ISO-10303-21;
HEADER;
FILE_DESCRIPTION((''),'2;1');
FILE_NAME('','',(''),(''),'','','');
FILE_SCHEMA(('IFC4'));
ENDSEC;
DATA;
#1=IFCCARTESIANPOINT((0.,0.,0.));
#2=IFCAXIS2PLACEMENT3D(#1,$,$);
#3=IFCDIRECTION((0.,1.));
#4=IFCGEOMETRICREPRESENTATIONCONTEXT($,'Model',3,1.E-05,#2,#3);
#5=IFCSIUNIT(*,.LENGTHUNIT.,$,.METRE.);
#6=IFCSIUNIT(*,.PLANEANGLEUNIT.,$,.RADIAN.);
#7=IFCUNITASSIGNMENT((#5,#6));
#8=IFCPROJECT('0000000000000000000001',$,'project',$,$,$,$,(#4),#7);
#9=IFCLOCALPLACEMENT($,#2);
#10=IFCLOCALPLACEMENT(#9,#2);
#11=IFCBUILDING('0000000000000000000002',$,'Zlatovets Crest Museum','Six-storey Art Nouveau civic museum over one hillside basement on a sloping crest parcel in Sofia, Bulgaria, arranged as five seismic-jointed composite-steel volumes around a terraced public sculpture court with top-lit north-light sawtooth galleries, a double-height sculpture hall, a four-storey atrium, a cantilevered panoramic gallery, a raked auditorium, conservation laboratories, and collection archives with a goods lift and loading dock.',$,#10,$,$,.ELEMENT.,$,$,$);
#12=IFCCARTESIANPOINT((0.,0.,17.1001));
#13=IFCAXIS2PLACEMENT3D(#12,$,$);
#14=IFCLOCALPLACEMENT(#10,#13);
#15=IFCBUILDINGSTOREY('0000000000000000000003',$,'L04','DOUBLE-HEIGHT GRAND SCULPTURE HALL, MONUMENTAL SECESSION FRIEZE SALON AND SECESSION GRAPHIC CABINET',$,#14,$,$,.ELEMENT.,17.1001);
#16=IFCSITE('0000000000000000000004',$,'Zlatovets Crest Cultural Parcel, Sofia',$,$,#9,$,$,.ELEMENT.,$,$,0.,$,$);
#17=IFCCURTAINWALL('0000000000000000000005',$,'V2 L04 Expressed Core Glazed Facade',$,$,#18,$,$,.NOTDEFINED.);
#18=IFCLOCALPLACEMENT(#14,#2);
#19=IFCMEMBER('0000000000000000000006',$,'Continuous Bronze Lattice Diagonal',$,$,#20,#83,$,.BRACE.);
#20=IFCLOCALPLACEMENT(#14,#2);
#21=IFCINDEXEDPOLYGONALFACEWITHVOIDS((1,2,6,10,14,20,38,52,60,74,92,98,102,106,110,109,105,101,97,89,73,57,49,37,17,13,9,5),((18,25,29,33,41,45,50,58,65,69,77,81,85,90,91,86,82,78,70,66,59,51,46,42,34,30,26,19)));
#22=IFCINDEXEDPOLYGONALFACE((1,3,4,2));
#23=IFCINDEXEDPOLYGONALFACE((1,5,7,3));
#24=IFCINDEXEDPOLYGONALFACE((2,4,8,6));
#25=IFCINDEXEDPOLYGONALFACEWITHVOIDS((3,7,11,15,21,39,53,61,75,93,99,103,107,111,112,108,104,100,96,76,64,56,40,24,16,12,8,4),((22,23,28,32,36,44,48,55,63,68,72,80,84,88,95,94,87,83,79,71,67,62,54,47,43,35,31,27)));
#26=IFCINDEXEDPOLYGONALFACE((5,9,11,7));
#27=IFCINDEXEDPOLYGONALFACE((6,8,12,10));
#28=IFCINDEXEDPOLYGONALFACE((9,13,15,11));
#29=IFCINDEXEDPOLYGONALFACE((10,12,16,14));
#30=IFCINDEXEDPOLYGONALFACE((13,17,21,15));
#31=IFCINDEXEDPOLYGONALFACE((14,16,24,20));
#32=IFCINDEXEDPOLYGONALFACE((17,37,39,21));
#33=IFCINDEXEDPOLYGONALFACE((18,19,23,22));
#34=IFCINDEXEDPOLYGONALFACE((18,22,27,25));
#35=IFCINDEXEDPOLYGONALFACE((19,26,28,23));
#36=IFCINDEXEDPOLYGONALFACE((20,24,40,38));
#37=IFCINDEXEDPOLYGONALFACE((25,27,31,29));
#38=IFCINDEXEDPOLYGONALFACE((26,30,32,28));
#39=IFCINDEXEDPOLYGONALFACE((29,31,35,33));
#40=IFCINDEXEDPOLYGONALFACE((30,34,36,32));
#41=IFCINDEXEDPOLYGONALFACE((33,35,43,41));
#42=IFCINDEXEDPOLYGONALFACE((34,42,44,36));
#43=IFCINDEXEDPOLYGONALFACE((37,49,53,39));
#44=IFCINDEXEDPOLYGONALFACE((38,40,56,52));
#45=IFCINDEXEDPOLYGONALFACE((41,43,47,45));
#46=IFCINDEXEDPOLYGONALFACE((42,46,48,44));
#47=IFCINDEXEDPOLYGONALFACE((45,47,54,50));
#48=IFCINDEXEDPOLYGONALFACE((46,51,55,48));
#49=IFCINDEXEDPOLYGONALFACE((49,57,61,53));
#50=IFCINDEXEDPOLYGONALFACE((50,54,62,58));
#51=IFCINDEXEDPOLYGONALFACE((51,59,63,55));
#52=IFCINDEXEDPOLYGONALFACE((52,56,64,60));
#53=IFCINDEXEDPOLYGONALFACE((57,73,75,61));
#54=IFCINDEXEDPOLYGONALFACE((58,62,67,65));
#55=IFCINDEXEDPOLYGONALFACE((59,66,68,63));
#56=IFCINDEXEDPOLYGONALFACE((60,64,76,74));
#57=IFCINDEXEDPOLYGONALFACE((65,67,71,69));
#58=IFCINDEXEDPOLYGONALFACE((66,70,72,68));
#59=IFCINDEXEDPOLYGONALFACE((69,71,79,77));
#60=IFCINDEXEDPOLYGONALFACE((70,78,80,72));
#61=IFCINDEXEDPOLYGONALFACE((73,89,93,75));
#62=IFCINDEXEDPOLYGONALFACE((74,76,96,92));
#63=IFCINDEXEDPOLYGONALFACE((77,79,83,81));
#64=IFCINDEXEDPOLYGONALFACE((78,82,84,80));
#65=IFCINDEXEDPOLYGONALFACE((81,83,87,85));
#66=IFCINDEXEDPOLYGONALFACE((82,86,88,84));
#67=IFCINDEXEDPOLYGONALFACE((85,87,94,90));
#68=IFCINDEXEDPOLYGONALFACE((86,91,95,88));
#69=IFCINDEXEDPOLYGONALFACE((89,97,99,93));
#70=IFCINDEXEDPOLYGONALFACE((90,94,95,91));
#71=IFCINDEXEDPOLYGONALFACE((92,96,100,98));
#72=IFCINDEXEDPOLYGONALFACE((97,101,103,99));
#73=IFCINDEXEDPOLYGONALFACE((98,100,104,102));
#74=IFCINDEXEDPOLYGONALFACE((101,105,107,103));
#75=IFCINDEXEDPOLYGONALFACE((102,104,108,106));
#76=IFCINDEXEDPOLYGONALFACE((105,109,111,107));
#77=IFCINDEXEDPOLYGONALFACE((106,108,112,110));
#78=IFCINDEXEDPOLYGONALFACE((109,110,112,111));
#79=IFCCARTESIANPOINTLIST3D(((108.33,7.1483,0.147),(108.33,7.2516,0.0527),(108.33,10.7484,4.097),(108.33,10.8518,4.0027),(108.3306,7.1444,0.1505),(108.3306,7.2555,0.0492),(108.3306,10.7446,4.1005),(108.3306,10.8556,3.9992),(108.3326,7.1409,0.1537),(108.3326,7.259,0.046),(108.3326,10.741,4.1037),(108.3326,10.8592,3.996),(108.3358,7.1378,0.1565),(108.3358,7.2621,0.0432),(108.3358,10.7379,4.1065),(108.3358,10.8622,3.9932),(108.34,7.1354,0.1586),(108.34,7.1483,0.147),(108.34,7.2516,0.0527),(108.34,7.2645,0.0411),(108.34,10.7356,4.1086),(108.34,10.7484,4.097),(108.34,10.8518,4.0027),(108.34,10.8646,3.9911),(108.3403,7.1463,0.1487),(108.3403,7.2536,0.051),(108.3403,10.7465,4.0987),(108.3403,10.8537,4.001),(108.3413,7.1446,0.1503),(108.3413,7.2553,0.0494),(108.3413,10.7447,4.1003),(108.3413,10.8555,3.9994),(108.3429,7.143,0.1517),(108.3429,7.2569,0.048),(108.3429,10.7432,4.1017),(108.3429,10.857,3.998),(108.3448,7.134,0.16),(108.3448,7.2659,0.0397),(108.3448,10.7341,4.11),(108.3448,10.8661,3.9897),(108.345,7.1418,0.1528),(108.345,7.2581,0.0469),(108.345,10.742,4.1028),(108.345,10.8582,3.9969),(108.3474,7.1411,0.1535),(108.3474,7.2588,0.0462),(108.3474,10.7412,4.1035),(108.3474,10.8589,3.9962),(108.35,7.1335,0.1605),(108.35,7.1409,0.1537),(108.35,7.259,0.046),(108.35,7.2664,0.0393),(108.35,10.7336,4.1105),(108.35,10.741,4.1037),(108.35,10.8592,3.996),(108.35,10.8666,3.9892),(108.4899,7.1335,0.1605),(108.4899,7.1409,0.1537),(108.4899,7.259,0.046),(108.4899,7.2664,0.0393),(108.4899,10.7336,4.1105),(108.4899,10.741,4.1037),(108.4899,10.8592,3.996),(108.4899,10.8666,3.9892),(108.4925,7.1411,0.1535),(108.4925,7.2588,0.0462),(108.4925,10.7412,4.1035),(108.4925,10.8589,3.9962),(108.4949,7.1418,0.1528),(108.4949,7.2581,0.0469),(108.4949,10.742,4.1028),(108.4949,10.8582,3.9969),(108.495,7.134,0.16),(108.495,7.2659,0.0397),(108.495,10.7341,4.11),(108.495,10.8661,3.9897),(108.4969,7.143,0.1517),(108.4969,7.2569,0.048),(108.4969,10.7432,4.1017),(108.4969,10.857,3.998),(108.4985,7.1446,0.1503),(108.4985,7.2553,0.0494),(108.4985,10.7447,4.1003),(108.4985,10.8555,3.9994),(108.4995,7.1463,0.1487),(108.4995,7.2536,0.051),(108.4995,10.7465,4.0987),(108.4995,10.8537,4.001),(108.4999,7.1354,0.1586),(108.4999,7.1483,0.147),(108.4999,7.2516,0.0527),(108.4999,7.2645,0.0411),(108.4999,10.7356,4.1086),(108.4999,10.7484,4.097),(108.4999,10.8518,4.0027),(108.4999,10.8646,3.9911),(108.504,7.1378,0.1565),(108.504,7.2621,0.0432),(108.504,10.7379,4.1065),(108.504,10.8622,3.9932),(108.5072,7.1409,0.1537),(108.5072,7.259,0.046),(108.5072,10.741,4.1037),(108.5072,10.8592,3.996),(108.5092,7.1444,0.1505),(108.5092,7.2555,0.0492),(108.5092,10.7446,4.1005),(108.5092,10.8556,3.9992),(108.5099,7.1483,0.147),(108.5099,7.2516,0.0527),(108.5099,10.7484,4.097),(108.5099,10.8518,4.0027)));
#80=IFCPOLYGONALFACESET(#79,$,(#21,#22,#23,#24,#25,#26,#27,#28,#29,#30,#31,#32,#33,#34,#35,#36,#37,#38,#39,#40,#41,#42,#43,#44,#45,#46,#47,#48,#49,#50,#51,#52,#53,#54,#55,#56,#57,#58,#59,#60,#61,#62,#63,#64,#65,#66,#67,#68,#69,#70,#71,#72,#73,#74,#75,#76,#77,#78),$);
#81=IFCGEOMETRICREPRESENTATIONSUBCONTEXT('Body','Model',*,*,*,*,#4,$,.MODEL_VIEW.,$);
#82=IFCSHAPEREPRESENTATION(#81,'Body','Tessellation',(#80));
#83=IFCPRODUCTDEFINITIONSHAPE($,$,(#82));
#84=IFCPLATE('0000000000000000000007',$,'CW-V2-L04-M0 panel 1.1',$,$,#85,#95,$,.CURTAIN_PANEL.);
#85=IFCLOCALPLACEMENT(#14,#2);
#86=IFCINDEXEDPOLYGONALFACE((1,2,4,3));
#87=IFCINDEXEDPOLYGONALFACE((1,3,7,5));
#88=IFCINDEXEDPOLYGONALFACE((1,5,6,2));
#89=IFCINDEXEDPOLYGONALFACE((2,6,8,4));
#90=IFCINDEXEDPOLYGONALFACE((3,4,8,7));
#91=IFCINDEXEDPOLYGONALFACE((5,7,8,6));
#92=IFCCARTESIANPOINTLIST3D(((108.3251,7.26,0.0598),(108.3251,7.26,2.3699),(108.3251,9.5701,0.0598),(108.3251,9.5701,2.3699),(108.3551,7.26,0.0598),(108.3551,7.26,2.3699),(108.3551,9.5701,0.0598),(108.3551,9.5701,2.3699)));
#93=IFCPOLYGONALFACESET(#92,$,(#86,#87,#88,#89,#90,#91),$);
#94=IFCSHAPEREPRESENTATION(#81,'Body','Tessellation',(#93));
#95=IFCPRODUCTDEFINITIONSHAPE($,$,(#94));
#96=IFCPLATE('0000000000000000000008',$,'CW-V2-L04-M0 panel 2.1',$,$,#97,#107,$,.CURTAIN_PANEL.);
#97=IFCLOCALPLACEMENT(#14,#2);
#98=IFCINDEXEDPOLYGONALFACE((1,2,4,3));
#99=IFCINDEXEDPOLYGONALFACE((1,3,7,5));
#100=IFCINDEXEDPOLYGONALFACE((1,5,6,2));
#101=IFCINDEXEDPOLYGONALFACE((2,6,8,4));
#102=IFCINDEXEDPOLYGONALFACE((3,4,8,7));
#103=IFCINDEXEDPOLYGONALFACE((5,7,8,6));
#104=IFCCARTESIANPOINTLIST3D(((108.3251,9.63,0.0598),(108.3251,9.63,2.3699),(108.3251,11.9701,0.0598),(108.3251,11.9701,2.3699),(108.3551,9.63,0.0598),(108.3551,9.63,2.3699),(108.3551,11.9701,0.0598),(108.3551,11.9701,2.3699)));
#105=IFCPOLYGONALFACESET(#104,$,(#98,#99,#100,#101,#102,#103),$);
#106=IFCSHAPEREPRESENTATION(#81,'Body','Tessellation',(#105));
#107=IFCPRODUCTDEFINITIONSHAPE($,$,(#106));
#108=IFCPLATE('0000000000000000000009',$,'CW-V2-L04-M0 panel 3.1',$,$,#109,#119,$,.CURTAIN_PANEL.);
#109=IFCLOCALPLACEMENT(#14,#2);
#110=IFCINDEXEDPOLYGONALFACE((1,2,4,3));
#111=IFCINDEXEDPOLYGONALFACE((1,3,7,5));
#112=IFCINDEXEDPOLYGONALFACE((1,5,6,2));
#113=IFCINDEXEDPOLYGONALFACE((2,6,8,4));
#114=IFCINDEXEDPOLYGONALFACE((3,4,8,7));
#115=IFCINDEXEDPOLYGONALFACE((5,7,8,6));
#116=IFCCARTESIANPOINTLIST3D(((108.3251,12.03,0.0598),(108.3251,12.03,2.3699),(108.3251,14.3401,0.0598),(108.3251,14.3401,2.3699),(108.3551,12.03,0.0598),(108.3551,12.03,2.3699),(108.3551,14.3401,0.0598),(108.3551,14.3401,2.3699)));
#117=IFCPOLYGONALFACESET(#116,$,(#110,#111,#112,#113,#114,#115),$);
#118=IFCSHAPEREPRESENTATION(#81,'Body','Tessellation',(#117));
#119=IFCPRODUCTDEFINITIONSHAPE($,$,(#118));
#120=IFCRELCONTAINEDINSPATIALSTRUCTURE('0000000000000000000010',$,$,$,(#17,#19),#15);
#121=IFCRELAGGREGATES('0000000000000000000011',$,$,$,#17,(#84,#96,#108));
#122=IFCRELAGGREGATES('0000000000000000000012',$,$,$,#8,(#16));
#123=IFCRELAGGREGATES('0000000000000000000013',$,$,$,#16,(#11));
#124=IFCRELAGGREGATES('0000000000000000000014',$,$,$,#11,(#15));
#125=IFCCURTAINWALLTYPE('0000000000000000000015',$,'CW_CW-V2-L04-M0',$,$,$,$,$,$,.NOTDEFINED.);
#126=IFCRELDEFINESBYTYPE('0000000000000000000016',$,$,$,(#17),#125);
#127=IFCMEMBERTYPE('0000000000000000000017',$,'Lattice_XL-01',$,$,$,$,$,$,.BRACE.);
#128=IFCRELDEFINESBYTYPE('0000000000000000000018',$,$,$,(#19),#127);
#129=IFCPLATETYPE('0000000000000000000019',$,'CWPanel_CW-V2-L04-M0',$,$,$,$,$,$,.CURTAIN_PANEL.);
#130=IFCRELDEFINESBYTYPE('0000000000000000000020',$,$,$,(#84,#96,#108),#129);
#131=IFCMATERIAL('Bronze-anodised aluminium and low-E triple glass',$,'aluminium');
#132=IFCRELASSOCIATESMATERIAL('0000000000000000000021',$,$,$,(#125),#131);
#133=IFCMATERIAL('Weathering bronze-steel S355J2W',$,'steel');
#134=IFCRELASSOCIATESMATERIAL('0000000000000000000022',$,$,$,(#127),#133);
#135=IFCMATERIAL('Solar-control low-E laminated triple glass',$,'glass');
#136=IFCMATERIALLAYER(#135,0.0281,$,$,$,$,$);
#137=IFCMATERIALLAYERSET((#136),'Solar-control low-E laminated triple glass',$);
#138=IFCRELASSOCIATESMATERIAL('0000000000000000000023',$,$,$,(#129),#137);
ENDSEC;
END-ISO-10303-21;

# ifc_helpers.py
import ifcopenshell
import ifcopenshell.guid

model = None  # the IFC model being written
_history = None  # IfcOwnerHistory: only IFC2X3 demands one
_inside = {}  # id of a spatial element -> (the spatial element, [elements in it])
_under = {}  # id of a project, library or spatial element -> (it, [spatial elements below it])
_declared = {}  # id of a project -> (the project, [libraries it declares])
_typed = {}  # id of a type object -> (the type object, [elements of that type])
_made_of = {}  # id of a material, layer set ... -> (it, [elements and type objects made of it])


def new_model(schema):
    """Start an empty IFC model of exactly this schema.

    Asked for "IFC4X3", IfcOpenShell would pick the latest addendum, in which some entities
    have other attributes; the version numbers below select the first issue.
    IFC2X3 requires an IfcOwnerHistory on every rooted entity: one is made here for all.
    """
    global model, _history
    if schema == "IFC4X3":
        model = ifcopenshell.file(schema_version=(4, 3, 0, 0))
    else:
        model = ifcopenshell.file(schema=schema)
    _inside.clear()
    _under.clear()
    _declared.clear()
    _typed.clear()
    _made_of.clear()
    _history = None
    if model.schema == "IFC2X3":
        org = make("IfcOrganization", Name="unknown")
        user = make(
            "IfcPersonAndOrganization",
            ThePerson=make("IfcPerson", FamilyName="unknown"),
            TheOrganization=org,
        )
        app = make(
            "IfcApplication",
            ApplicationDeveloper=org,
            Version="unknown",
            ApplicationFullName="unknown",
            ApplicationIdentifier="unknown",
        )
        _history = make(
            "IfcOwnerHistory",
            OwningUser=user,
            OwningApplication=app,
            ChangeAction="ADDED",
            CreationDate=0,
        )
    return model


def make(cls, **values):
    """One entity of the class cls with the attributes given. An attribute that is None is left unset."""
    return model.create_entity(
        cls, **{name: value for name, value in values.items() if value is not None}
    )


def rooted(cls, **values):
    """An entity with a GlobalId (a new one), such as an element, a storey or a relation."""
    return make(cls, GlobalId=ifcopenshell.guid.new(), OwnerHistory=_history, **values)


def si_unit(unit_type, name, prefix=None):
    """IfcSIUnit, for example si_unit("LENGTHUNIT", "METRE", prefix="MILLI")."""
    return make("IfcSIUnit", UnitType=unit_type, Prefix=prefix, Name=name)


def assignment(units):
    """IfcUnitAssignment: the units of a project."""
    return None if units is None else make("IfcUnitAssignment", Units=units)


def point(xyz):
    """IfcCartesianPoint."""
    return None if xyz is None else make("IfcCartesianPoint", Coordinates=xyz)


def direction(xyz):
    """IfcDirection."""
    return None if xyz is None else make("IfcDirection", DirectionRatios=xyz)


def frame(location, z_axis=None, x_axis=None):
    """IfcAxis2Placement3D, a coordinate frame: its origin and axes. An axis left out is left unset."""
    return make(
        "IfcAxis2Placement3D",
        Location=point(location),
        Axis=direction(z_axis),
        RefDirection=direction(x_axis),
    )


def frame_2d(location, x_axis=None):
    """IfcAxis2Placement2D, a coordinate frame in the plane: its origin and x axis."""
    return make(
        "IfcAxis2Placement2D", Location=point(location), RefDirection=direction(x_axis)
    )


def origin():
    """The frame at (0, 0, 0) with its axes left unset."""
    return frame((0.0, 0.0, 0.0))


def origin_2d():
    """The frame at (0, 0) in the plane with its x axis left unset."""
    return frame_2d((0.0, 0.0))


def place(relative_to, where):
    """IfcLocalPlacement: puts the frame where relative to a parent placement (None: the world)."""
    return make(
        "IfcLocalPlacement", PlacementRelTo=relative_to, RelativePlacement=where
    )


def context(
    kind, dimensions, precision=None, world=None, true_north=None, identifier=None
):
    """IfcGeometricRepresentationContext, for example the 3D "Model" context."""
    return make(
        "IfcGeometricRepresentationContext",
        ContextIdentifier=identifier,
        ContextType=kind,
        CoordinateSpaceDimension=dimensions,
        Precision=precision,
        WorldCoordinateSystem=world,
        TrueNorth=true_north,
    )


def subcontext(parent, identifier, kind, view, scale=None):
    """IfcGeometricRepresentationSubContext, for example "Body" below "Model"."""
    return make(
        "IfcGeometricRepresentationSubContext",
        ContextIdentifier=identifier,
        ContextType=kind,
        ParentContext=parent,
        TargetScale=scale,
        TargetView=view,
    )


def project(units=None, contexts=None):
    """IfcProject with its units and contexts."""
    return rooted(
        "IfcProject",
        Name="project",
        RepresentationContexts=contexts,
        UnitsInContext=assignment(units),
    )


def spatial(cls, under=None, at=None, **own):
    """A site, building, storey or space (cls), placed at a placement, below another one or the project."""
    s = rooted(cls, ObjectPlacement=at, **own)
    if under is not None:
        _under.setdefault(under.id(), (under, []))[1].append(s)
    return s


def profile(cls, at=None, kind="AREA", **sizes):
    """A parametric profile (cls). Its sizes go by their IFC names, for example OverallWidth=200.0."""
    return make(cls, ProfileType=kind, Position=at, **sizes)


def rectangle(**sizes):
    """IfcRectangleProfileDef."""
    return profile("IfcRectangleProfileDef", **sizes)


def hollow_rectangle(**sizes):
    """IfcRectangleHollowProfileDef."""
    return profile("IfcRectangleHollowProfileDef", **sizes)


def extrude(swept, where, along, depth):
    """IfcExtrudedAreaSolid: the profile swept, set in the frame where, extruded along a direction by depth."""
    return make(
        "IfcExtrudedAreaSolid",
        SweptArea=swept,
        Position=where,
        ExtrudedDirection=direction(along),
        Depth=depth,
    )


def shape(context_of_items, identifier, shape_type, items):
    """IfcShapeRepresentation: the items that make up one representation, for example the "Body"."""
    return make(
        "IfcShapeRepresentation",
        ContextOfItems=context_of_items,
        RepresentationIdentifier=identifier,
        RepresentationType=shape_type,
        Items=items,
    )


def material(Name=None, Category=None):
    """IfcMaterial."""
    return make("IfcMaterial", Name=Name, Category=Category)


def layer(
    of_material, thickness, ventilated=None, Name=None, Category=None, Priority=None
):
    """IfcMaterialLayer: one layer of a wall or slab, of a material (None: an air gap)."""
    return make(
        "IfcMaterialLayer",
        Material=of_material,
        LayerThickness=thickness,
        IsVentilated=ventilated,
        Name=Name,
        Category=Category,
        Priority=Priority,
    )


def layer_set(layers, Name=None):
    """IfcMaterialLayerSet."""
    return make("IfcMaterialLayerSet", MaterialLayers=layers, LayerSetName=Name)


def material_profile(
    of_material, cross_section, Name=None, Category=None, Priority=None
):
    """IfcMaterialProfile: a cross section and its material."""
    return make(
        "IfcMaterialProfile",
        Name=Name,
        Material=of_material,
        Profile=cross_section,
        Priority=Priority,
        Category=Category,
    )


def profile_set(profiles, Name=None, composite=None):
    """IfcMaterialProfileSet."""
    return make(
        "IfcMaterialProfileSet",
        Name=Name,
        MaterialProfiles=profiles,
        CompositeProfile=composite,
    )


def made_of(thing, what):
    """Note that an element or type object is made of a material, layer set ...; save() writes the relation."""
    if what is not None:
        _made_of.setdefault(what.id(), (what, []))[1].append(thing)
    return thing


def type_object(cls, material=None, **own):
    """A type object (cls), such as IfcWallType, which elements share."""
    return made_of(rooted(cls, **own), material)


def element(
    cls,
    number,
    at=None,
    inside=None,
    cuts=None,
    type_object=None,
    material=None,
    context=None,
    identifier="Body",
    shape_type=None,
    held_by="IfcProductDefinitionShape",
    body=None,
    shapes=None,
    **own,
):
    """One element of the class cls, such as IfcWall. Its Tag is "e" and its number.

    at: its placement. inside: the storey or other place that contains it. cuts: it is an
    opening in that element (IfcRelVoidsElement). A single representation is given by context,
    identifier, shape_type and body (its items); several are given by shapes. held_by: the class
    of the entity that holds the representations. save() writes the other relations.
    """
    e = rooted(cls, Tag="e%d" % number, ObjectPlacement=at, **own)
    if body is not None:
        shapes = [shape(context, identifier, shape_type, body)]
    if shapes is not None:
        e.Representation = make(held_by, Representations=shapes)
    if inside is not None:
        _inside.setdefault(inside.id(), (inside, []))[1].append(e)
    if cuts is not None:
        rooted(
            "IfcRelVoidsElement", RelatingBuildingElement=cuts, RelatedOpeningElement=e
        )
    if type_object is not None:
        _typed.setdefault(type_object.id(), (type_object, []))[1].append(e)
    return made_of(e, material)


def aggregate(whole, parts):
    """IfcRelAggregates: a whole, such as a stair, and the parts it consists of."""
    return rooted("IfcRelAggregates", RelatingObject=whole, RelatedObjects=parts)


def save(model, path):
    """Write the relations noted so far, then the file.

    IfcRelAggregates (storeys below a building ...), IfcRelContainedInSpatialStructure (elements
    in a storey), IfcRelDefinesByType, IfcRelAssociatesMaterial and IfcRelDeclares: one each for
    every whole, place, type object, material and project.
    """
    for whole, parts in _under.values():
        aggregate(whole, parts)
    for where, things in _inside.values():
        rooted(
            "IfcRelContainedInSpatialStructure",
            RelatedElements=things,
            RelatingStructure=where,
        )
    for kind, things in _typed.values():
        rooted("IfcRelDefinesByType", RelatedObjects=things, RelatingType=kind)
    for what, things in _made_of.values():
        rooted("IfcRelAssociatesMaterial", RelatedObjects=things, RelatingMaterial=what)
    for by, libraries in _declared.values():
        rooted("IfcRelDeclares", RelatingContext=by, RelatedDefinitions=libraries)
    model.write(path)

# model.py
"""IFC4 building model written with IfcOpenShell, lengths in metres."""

from ifc_helpers import new_model, si_unit, direction, frame, origin, origin_2d, place, context, subcontext, project, spatial, rectangle, hollow_rectangle, extrude, material, layer, layer_set, material_profile, profile_set, type_object, element, aggregate, save


model = new_model("IFC4")

# Units and contexts
model_context = context("Model", 3, precision=1e-05, world=origin(), true_north=direction((0.0, 1.0)))
body_context = subcontext(model_context, "Body", "Model", "MODEL_VIEW")
ifc_project = project(units=[si_unit("LENGTHUNIT", "METRE"), si_unit("PLANEANGLEUNIT", "RADIAN")], contexts=[model_context])

# Site, building, storey
site_placement = place(None, origin())
site = spatial("IfcSite", under=ifc_project, at=site_placement, Name="Zlatovets Crest Cultural Parcel, Sofia", CompositionType="ELEMENT", RefElevation=0.0)
building_placement = place(site_placement, origin())
building = spatial("IfcBuilding", under=site, at=building_placement, Name="Zlatovets Crest Museum", Description="Six-storey Art Nouveau civic museum over one hillside basement on a sloping crest parcel in Sofia, Bulgaria, arranged as five seismic-jointed composite-steel volumes around a terraced public sculpture court with top-lit north-light sawtooth galleries, a double-height sculpture hall, a four-storey atrium, a cantilevered panoramic gallery, a raked auditorium, conservation laboratories, and collection archives with a goods lift and loading dock.", CompositionType="ELEMENT")
storey_placement = place(building_placement, frame((0.0, 0.0, 17.1001)))
storey = spatial("IfcBuildingStorey", under=building, at=storey_placement, Name="L04", Description="DOUBLE-HEIGHT GRAND SCULPTURE HALL, MONUMENTAL SECESSION FRIEZE SALON AND SECESSION GRAPHIC CABINET", CompositionType="ELEMENT", Elevation=17.1001)

# Curtain wall
ifc_material_1 = material(Name="Bronze-anodised aluminium and low-E triple glass", Category="aluminium")
curtain_wall_type = type_object("IfcCurtainWallType", Name="CW_CW-V2-L04-M0", PredefinedType="NOTDEFINED", material=ifc_material_1)
curtain_wall_placement = place(storey_placement, origin())
curtain_wall = element("IfcCurtainWall", 1, at=curtain_wall_placement, inside=storey, type_object=curtain_wall_type, Name="V2 L04 Expressed Core Glazed Facade", PredefinedType="NOTDEFINED")

# Member
ifc_material_2 = material(Name="Weathering bronze-steel S355J2W", Category="steel")
ifc_material_profile_1 = material_profile(ifc_material_2, hollow_rectangle(XDim=0.1799, YDim=0.1799, WallThickness=0.01, InnerFilletRadius=0.01, OuterFilletRadius=0.02, at=origin_2d()), Name="SHS 180x180x10.0")
ifc_profile_set_1 = profile_set([ifc_material_profile_1], Name="Weathering bronze-steel S355J2W")
member_type_1 = type_object("IfcMemberType", Name="Lattice_XL-01", PredefinedType="BRACE", material=ifc_profile_set_1)
member_1_placement = place(storey_placement, frame((108.4199, 7.2, 0.0999), z_axis=(0.0, 0.673618, 0.73908), x_axis=(-1.0, 0.0, 0.0)))
element("IfcMember", 2, at=member_1_placement, inside=storey, type_object=member_type_1, Name="Continuous Bronze Lattice Diagonal", PredefinedType="BRACE", context=body_context, shape_type="SweptSolid", body=[
    extrude(hollow_rectangle(XDim=0.1799, YDim=0.1799, WallThickness=0.01, InnerFilletRadius=0.01, OuterFilletRadius=0.02, at=origin_2d()), origin(), (0.0, 0.0, 1.0), 5.3445),
])

# Plates
ifc_material_3 = material(Name="Solar-control low-E laminated triple glass", Category="glass")
ifc_layer = layer(ifc_material_3, 0.0281)
ifc_layer_set = layer_set([ifc_layer], Name="Solar-control low-E laminated triple glass")
plate_type = type_object("IfcPlateType", Name="CWPanel_CW-V2-L04-M0", PredefinedType="CURTAIN_PANEL", material=ifc_layer_set)
plate_1_placement = place(storey_placement, frame((108.3401, 8.415, 0.0598), z_axis=(0.0, 0.0, 1.0), x_axis=(0.0, 1.0, 0.0)))
plate_1 = element("IfcPlate", 3, at=plate_1_placement, type_object=plate_type, Name="CW-V2-L04-M0 panel 1.1", PredefinedType="CURTAIN_PANEL", context=body_context, shape_type="SweptSolid", body=[
    extrude(rectangle(XDim=2.3101, YDim=0.03, at=origin_2d()), origin(), (0.0, 0.0, 1.0), 2.3101),
])
plate_2_placement = place(storey_placement, frame((108.3401, 10.8, 0.0598), z_axis=(0.0, 0.0, 1.0), x_axis=(0.0, 1.0, 0.0)))
plate_2 = element("IfcPlate", 4, at=plate_2_placement, type_object=plate_type, Name="CW-V2-L04-M0 panel 2.1", PredefinedType="CURTAIN_PANEL", context=body_context, shape_type="SweptSolid", body=[
    extrude(rectangle(XDim=2.3401, YDim=0.03, at=origin_2d()), origin(), (0.0, 0.0, 1.0), 2.3101),
])
plate_3_placement = place(storey_placement, frame((108.3401, 13.1851, 0.0598), z_axis=(0.0, 0.0, 1.0), x_axis=(0.0, 1.0, 0.0)))
plate_3 = element("IfcPlate", 5, at=plate_3_placement, type_object=plate_type, Name="CW-V2-L04-M0 panel 3.1", PredefinedType="CURTAIN_PANEL", context=body_context, shape_type="SweptSolid", body=[
    extrude(rectangle(XDim=2.3101, YDim=0.03, at=origin_2d()), origin(), (0.0, 0.0, 1.0), 2.3101),
])
aggregate(curtain_wall, [plate_1, plate_2, plate_3])

save(model, "model.ifc")
